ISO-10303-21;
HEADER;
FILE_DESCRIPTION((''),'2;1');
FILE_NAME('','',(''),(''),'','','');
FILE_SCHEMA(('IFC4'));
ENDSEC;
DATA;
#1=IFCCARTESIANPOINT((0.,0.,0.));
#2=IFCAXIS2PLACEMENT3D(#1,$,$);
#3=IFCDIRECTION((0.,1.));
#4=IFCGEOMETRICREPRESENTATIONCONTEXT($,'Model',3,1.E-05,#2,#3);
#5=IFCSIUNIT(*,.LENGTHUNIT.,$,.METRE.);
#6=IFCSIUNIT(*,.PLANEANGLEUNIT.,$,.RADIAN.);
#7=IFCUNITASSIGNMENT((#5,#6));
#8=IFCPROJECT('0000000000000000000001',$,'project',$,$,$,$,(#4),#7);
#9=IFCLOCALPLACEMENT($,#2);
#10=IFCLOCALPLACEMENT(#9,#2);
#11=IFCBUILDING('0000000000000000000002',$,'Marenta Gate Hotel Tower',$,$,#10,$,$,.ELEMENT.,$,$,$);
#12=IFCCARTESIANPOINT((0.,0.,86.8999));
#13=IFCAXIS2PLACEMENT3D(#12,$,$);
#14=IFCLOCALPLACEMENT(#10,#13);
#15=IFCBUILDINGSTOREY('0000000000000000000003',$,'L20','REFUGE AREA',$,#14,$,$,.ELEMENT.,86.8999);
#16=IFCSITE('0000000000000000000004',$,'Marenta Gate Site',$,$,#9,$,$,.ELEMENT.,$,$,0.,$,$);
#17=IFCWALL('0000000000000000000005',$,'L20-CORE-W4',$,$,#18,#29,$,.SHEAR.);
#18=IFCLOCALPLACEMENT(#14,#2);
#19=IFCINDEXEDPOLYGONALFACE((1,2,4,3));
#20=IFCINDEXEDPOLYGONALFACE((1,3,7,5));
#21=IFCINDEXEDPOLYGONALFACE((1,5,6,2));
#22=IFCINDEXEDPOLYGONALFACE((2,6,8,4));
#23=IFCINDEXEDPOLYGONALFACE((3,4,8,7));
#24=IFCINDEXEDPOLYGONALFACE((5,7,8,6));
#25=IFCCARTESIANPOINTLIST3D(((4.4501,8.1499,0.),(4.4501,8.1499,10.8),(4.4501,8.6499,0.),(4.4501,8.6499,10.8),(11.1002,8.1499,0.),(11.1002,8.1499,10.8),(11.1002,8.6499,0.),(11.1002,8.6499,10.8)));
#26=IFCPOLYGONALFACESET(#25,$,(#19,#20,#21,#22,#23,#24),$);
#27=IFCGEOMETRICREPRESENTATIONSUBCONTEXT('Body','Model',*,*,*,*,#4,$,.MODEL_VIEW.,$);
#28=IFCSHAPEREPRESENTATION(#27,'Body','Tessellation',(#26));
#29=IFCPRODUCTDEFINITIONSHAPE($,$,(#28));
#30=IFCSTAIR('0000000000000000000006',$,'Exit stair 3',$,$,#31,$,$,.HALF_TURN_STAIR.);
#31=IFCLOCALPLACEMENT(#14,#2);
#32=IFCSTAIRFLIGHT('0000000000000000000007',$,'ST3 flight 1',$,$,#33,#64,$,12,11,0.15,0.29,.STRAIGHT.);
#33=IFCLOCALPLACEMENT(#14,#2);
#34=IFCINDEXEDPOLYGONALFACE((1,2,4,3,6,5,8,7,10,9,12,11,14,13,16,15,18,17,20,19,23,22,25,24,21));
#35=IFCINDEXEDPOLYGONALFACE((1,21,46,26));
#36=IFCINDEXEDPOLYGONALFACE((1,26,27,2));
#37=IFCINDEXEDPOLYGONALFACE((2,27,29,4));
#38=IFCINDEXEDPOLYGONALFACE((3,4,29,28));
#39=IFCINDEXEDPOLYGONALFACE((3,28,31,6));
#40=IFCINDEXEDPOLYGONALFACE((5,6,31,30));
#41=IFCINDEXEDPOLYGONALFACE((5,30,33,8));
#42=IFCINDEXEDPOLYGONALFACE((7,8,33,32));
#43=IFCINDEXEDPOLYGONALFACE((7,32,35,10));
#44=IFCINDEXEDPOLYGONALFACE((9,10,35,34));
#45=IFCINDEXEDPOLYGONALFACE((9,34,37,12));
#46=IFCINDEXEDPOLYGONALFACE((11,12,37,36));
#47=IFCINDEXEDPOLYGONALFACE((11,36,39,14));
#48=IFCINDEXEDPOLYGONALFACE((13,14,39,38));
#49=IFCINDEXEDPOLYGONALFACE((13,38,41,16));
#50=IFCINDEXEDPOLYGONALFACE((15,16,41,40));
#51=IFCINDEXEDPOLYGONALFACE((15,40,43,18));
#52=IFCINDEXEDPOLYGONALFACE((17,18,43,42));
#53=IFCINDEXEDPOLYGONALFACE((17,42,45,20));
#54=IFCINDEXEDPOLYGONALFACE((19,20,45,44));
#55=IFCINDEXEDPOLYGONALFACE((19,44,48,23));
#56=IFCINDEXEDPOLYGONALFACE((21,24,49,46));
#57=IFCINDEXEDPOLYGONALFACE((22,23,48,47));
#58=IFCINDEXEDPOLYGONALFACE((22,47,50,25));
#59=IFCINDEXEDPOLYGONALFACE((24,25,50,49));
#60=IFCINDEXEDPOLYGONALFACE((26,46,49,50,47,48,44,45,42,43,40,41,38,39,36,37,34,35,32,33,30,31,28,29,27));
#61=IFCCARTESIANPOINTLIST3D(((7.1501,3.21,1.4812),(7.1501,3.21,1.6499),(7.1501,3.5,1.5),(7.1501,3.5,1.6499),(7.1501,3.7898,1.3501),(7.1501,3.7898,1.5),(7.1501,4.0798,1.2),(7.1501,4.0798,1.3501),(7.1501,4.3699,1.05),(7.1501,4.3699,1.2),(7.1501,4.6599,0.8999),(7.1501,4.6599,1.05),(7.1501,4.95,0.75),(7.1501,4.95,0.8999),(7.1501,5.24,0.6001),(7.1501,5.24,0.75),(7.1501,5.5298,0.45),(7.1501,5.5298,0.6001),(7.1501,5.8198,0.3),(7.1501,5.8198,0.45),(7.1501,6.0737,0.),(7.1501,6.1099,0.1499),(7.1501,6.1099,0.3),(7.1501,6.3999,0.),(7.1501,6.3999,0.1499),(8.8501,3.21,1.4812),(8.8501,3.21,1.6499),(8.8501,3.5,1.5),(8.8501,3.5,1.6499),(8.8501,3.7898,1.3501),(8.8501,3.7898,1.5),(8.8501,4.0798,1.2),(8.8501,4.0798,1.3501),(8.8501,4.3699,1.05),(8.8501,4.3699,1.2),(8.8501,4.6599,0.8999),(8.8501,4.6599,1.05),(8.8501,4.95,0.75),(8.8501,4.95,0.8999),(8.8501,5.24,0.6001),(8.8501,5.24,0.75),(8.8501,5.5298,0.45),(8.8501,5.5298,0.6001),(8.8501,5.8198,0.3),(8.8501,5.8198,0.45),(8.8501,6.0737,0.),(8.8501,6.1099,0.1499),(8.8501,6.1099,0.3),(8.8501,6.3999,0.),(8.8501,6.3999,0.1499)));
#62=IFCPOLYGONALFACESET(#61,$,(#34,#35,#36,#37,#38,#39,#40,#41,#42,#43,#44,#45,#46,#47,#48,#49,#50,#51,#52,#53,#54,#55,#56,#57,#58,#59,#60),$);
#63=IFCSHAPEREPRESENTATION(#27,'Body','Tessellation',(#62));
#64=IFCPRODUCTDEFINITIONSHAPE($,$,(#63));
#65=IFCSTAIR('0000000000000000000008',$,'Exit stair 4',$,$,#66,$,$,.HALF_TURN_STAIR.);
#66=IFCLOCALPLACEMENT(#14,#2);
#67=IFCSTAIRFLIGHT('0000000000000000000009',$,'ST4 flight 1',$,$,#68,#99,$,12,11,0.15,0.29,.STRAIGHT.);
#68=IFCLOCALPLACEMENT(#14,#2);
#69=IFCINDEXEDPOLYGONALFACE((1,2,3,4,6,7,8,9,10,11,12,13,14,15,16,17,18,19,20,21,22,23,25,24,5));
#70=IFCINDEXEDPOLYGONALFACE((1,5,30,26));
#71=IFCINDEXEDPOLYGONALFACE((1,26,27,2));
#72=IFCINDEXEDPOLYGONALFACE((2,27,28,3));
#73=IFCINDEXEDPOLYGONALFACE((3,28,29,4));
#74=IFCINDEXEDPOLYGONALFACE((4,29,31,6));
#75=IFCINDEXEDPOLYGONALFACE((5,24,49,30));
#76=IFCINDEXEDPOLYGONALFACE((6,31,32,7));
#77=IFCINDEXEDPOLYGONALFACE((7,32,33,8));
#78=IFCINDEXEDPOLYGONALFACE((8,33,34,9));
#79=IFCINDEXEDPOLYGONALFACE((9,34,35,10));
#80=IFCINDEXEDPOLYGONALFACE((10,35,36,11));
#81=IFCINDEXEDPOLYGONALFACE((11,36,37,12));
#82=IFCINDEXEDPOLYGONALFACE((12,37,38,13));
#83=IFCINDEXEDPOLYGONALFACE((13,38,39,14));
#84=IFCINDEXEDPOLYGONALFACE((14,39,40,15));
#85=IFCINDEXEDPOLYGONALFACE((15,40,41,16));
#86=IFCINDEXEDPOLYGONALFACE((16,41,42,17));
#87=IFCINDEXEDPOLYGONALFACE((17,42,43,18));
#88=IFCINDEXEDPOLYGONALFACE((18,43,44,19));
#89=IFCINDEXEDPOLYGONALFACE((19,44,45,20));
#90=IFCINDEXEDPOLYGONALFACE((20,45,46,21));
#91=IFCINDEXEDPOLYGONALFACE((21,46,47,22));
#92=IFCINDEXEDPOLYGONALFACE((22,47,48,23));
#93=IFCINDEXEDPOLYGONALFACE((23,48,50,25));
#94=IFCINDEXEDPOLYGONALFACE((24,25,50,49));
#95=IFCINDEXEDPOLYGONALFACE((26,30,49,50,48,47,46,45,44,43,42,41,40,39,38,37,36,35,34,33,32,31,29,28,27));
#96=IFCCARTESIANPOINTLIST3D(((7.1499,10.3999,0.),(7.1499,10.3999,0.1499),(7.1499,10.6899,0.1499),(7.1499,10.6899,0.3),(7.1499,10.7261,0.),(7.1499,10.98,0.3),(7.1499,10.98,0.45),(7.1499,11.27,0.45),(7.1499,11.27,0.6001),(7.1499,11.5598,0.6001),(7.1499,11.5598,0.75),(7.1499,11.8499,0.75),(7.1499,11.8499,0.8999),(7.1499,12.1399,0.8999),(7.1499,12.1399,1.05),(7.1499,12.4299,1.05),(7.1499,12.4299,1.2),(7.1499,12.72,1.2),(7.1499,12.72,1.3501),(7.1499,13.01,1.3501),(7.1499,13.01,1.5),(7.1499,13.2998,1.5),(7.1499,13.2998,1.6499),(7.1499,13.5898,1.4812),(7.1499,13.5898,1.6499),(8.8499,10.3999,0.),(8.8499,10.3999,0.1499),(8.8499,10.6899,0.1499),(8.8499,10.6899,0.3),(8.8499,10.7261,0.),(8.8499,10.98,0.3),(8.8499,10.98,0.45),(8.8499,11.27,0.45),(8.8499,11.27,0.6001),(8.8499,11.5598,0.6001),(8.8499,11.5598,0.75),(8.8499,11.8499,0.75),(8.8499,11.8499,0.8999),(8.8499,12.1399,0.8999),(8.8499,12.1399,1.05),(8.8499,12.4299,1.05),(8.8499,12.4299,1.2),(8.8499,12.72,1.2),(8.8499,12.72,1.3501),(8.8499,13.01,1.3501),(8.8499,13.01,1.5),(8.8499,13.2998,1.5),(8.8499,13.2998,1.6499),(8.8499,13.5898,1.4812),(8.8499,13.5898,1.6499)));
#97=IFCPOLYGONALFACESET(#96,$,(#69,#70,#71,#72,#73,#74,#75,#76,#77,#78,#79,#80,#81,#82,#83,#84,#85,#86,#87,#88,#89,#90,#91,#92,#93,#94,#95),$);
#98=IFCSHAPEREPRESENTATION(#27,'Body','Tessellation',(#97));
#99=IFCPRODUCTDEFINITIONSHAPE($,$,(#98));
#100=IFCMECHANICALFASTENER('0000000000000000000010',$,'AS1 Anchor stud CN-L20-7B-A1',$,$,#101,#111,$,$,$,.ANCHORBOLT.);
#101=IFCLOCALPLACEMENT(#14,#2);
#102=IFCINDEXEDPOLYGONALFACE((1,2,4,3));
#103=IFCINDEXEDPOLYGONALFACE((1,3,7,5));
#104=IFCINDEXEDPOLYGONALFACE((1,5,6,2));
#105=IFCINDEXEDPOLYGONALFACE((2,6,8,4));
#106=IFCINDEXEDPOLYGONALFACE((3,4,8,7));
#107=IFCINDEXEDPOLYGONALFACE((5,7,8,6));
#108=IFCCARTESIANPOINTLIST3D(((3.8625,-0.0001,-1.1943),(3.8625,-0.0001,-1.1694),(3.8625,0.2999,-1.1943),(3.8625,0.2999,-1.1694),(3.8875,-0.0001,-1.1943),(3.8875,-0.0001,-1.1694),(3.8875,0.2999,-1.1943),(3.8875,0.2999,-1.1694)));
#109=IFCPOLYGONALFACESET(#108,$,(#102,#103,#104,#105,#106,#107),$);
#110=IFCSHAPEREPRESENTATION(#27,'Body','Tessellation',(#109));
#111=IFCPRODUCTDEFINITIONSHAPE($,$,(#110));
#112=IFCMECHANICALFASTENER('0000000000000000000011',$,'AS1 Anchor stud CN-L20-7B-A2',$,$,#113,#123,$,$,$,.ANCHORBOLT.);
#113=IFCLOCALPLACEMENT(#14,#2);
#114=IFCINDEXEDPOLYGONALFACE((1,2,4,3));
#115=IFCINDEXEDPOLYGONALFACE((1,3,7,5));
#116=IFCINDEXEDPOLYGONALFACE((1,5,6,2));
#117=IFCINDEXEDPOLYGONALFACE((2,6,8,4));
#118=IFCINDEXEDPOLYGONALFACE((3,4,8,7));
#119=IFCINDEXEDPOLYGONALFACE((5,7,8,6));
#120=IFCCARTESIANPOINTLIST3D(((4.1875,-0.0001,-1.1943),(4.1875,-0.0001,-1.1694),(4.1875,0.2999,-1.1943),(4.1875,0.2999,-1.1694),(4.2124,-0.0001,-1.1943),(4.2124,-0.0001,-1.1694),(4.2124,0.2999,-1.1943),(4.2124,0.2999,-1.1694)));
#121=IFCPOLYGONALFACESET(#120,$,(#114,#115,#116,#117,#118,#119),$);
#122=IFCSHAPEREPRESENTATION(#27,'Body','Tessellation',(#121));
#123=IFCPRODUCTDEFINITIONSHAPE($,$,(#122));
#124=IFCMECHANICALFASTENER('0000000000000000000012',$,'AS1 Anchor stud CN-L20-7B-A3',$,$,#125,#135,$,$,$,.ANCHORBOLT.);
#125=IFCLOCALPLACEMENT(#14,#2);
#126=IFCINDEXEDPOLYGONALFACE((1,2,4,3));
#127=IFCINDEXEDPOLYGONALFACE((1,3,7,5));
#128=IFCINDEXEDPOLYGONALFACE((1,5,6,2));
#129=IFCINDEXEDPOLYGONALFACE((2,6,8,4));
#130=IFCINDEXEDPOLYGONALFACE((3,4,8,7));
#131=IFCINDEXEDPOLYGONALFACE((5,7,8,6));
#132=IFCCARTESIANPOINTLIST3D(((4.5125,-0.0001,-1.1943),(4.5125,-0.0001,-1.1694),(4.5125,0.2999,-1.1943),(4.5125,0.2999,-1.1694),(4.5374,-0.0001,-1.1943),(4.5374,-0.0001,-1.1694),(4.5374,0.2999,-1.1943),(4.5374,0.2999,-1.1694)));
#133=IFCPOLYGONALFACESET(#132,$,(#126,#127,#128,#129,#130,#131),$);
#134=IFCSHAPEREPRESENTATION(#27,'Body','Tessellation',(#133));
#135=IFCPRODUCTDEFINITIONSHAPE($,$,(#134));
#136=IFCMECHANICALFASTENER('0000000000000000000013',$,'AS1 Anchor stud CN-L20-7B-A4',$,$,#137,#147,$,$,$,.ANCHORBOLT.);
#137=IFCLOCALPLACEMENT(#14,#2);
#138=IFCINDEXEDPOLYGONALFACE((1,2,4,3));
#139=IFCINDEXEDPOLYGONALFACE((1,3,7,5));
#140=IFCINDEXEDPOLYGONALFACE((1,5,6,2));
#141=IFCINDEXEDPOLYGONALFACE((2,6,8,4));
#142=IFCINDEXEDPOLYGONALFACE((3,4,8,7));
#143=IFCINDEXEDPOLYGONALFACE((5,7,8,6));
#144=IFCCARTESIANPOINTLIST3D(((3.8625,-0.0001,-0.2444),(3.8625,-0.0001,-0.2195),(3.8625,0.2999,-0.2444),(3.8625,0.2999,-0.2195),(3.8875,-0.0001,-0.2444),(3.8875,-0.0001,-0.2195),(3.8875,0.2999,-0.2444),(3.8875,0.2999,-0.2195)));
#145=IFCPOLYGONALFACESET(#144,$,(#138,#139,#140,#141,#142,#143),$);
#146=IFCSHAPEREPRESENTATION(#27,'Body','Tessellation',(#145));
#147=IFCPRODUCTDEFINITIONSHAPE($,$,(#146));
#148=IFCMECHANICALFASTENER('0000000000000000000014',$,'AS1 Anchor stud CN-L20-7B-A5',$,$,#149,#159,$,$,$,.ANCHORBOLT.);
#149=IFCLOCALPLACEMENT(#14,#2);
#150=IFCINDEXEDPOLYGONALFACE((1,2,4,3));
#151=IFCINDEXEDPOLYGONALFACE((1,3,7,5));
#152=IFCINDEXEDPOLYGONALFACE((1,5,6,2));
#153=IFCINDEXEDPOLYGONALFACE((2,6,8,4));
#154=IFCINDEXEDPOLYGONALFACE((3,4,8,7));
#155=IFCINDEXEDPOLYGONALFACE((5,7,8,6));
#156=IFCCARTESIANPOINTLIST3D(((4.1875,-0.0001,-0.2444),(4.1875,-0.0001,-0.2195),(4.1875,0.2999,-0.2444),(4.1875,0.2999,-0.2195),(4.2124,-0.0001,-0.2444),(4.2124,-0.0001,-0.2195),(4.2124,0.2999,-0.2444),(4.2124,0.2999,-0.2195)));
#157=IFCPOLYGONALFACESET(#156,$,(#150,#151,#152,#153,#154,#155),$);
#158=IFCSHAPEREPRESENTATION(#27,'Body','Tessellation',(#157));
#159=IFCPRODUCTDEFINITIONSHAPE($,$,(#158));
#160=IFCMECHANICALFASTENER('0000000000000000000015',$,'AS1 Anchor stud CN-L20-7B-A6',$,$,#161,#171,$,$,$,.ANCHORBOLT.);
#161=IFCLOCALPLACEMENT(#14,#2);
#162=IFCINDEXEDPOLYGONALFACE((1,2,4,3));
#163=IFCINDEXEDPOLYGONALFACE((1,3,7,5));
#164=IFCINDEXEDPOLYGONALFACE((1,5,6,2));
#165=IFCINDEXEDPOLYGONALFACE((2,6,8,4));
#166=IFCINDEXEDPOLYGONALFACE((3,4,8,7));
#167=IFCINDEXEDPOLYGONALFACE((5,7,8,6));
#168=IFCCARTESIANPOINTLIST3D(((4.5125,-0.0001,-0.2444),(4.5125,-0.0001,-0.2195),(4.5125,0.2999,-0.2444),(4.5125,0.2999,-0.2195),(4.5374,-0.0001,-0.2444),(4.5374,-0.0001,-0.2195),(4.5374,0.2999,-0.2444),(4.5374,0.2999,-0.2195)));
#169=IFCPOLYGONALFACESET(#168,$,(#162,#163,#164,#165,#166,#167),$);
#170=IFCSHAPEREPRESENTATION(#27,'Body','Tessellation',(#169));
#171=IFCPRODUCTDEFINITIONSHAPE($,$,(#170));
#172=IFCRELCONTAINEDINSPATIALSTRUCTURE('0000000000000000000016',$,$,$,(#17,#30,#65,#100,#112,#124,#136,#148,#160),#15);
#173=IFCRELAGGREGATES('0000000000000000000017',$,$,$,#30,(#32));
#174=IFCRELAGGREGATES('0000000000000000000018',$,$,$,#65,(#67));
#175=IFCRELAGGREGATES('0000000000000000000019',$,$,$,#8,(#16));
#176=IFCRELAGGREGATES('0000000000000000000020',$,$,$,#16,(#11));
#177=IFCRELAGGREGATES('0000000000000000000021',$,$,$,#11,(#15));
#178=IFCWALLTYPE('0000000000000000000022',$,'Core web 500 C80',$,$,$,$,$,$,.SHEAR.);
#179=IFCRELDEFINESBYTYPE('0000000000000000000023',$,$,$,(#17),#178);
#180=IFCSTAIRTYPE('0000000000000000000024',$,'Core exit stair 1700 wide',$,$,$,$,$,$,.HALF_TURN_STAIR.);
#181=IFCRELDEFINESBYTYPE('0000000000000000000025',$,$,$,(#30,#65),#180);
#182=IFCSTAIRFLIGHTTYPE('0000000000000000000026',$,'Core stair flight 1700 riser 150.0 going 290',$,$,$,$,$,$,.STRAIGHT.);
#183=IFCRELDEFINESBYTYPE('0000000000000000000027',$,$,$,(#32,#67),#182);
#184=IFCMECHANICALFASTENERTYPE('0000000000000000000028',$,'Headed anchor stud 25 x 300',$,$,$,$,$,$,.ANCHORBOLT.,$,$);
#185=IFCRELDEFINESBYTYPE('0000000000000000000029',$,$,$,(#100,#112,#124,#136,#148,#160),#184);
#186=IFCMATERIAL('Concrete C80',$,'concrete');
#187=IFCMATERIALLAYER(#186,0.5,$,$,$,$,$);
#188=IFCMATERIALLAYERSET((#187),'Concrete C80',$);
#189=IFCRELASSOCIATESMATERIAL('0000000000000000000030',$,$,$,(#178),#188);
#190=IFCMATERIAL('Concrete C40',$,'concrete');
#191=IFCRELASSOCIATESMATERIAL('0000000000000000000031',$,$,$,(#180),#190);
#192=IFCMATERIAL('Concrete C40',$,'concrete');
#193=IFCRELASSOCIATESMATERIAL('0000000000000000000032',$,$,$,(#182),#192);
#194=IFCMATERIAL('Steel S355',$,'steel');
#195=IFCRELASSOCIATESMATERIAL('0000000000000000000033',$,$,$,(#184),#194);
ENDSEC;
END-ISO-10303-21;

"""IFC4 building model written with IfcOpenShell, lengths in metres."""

from ifc_helpers import new_model, si_unit, direction, frame, frame_2d, origin, origin_2d, place, context, subcontext, project, spatial, polyline, rectangle, outline, extrude, material, layer, layer_set, type_object, element, aggregate, save


model = new_model("IFC4")

# Units and contexts
model_context = context("Model", 3, precision=1e-05, world=origin(), true_north=direction((0.0, 1.0)))
body_context = subcontext(model_context, "Body", "Model", "MODEL_VIEW")
ifc_project = project(units=[si_unit("LENGTHUNIT", "METRE"), si_unit("PLANEANGLEUNIT", "RADIAN")], contexts=[model_context])

# Site, building, storey
site_placement = place(None, origin())
site = spatial("IfcSite", under=ifc_project, at=site_placement, Name="Marenta Gate Site", CompositionType="ELEMENT", RefElevation=0.0)
building_placement = place(site_placement, origin())
building = spatial("IfcBuilding", under=site, at=building_placement, Name="Marenta Gate Hotel Tower", CompositionType="ELEMENT")
storey_placement = place(building_placement, frame((0.0, 0.0, 86.8999)))
storey = spatial("IfcBuildingStorey", under=building, at=storey_placement, Name="L20", Description="REFUGE AREA", CompositionType="ELEMENT", Elevation=86.8999)

# Shared definitions
ifc_material_1 = material(Name="Concrete C80", Category="concrete")
ifc_layer_1 = layer(ifc_material_1, 0.5)
ifc_layer_set_1 = layer_set([ifc_layer_1], Name="Concrete C80")
wall_type_1 = type_object("IfcWallType", Name="Core web 500 C80", PredefinedType="SHEAR", material=ifc_layer_set_1)

# Wall
wall_1_placement = place(storey_placement, frame((4.45, 8.3999, 0.0), z_axis=(0.0, 0.0, 1.0), x_axis=(1.0, 0.0, 0.0)))
element("IfcWall", 1, at=wall_1_placement, inside=storey, type_object=wall_type_1, Name="L20-CORE-W4", PredefinedType="SHEAR", context=body_context, shape_type="SweptSolid", body=[
    extrude(rectangle(XDim=6.6501, YDim=0.5, at=frame_2d((3.3252, 0.0))), origin(), (0.0, 0.0, 1.0), 10.8),
])

# Stairs, stair flights
ifc_material_2 = material(Name="Concrete C40", Category="concrete")
stair_type = type_object("IfcStairType", Name="Core exit stair 1700 wide", PredefinedType="HALF_TURN_STAIR", material=ifc_material_2)
stair_1_placement = place(storey_placement, origin())
stair_1 = element("IfcStair", 2, at=stair_1_placement, inside=storey, type_object=stair_type, Name="Exit stair 3", PredefinedType="HALF_TURN_STAIR")
ifc_material_3 = material(Name="Concrete C40", Category="concrete")
stair_flight_type = type_object("IfcStairFlightType", Name="Core stair flight 1700 riser 150.0 going 290", PredefinedType="STRAIGHT", material=ifc_material_3)
stair_flight_1_placement = place(storey_placement, frame((8.0, 6.3999, 0.0), z_axis=(0.0, 0.0, 1.0), x_axis=(0.0, -1.0, 0.0)))
stair_flight_1 = element("IfcStairFlight", 3, at=stair_flight_1_placement, type_object=stair_flight_type, Name="ST3 flight 1", NumberOfRisers=12, NumberOfTreads=11, PredefinedType="STRAIGHT", RiserHeight=0.15, TreadLength=0.29, context=body_context, shape_type="SweptSolid", body=[
    extrude(outline(polyline([(0.0, 0.0), (0.0, 0.1499), (0.29, 0.1499), (0.29, 0.3), (0.5801, 0.3), (0.5801, 0.45), (0.8701, 0.45), (0.8701, 0.6001), (1.1599, 0.6001), (1.1599, 0.75), (1.45, 0.75), (1.45, 0.8999), (1.74, 0.8999), (1.74, 1.05), (2.03, 1.05), (2.03, 1.2), (2.3201, 1.2), (2.3201, 1.3501), (2.6101, 1.3501), (2.6101, 1.5), (2.8999, 1.5), (2.8999, 1.6499), (3.1899, 1.6499), (3.1899, 1.8), (3.1899, 1.4812), (0.3262, 0.0), (0.0, 0.0)])), frame((0.0, 0.8501, 0.0), z_axis=(0.0, -1.0, 0.0), x_axis=(1.0, 0.0, 0.0)), (0.0, 0.0, 1.0), 1.7),
])
aggregate(stair_1, [stair_flight_1])
stair_2_placement = place(storey_placement, origin())
stair_2 = element("IfcStair", 4, at=stair_2_placement, inside=storey, type_object=stair_type, Name="Exit stair 4", PredefinedType="HALF_TURN_STAIR")
stair_flight_2_placement = place(storey_placement, frame((8.0, 10.3999, 0.0), z_axis=(0.0, 0.0, 1.0), x_axis=(0.0, 1.0, 0.0)))
stair_flight_2 = element("IfcStairFlight", 5, at=stair_flight_2_placement, type_object=stair_flight_type, Name="ST4 flight 1", NumberOfRisers=12, NumberOfTreads=11, PredefinedType="STRAIGHT", RiserHeight=0.15, TreadLength=0.29, context=body_context, shape_type="SweptSolid", body=[
    extrude(outline(polyline([(0.0, 0.0), (0.0, 0.1499), (0.29, 0.1499), (0.29, 0.3), (0.5801, 0.3), (0.5801, 0.45), (0.8701, 0.45), (0.8701, 0.6001), (1.1599, 0.6001), (1.1599, 0.75), (1.45, 0.75), (1.45, 0.8999), (1.74, 0.8999), (1.74, 1.05), (2.03, 1.05), (2.03, 1.2), (2.3201, 1.2), (2.3201, 1.3501), (2.6101, 1.3501), (2.6101, 1.5), (2.8999, 1.5), (2.8999, 1.6499), (3.1899, 1.6499), (3.1899, 1.8), (3.1899, 1.4812), (0.3262, 0.0), (0.0, 0.0)])), frame((0.0, 0.8501, 0.0), z_axis=(0.0, -1.0, 0.0), x_axis=(1.0, 0.0, 0.0)), (0.0, 0.0, 1.0), 1.7),
])
aggregate(stair_2, [stair_flight_2])

# Mechanical fasteners
ifc_material_4 = material(Name="Steel S355", Category="steel")
mechanical_fastener_type = type_object("IfcMechanicalFastenerType", Name="Headed anchor stud 25 x 300", PredefinedType="ANCHORBOLT", material=ifc_material_4)
for number, where, z_axis, x_axis, name in (
    (6, (3.875, 0.1499, -1.1943), (0.0, 0.0, 1.0), (1.0, 0.0, 0.0), "AS1 Anchor stud CN-L20-7B-A1"),
    (7, (4.2, 0.1499, -1.1943), (0.0, 0.0, 1.0), (1.0, 0.0, 0.0), "AS1 Anchor stud CN-L20-7B-A2"),
    (8, (4.5249, 0.1499, -1.1943), (0.0, 0.0, 1.0), (1.0, 0.0, 0.0), "AS1 Anchor stud CN-L20-7B-A3"),
    (9, (3.875, 0.1499, -0.2444), (0.0, 0.0, 1.0), (1.0, 0.0, 0.0), "AS1 Anchor stud CN-L20-7B-A4"),
    (10, (4.2, 0.1499, -0.2444), (0.0, 0.0, 1.0), (1.0, 0.0, 0.0), "AS1 Anchor stud CN-L20-7B-A5"),
    (11, (4.5249, 0.1499, -0.2444), (0.0, 0.0, 1.0), (1.0, 0.0, 0.0), "AS1 Anchor stud CN-L20-7B-A6"),
):
    element("IfcMechanicalFastener", number, at=place(storey_placement, frame(where, z_axis=z_axis, x_axis=x_axis)), inside=storey, type_object=mechanical_fastener_type, Name=name, PredefinedType="ANCHORBOLT", context=body_context, shape_type="SweptSolid", body=[
        extrude(rectangle(XDim=0.0249, YDim=0.3, at=origin_2d()), origin(), (0.0, 0.0, 1.0), 0.0249),
    ])

save(model, "model.ifc")
